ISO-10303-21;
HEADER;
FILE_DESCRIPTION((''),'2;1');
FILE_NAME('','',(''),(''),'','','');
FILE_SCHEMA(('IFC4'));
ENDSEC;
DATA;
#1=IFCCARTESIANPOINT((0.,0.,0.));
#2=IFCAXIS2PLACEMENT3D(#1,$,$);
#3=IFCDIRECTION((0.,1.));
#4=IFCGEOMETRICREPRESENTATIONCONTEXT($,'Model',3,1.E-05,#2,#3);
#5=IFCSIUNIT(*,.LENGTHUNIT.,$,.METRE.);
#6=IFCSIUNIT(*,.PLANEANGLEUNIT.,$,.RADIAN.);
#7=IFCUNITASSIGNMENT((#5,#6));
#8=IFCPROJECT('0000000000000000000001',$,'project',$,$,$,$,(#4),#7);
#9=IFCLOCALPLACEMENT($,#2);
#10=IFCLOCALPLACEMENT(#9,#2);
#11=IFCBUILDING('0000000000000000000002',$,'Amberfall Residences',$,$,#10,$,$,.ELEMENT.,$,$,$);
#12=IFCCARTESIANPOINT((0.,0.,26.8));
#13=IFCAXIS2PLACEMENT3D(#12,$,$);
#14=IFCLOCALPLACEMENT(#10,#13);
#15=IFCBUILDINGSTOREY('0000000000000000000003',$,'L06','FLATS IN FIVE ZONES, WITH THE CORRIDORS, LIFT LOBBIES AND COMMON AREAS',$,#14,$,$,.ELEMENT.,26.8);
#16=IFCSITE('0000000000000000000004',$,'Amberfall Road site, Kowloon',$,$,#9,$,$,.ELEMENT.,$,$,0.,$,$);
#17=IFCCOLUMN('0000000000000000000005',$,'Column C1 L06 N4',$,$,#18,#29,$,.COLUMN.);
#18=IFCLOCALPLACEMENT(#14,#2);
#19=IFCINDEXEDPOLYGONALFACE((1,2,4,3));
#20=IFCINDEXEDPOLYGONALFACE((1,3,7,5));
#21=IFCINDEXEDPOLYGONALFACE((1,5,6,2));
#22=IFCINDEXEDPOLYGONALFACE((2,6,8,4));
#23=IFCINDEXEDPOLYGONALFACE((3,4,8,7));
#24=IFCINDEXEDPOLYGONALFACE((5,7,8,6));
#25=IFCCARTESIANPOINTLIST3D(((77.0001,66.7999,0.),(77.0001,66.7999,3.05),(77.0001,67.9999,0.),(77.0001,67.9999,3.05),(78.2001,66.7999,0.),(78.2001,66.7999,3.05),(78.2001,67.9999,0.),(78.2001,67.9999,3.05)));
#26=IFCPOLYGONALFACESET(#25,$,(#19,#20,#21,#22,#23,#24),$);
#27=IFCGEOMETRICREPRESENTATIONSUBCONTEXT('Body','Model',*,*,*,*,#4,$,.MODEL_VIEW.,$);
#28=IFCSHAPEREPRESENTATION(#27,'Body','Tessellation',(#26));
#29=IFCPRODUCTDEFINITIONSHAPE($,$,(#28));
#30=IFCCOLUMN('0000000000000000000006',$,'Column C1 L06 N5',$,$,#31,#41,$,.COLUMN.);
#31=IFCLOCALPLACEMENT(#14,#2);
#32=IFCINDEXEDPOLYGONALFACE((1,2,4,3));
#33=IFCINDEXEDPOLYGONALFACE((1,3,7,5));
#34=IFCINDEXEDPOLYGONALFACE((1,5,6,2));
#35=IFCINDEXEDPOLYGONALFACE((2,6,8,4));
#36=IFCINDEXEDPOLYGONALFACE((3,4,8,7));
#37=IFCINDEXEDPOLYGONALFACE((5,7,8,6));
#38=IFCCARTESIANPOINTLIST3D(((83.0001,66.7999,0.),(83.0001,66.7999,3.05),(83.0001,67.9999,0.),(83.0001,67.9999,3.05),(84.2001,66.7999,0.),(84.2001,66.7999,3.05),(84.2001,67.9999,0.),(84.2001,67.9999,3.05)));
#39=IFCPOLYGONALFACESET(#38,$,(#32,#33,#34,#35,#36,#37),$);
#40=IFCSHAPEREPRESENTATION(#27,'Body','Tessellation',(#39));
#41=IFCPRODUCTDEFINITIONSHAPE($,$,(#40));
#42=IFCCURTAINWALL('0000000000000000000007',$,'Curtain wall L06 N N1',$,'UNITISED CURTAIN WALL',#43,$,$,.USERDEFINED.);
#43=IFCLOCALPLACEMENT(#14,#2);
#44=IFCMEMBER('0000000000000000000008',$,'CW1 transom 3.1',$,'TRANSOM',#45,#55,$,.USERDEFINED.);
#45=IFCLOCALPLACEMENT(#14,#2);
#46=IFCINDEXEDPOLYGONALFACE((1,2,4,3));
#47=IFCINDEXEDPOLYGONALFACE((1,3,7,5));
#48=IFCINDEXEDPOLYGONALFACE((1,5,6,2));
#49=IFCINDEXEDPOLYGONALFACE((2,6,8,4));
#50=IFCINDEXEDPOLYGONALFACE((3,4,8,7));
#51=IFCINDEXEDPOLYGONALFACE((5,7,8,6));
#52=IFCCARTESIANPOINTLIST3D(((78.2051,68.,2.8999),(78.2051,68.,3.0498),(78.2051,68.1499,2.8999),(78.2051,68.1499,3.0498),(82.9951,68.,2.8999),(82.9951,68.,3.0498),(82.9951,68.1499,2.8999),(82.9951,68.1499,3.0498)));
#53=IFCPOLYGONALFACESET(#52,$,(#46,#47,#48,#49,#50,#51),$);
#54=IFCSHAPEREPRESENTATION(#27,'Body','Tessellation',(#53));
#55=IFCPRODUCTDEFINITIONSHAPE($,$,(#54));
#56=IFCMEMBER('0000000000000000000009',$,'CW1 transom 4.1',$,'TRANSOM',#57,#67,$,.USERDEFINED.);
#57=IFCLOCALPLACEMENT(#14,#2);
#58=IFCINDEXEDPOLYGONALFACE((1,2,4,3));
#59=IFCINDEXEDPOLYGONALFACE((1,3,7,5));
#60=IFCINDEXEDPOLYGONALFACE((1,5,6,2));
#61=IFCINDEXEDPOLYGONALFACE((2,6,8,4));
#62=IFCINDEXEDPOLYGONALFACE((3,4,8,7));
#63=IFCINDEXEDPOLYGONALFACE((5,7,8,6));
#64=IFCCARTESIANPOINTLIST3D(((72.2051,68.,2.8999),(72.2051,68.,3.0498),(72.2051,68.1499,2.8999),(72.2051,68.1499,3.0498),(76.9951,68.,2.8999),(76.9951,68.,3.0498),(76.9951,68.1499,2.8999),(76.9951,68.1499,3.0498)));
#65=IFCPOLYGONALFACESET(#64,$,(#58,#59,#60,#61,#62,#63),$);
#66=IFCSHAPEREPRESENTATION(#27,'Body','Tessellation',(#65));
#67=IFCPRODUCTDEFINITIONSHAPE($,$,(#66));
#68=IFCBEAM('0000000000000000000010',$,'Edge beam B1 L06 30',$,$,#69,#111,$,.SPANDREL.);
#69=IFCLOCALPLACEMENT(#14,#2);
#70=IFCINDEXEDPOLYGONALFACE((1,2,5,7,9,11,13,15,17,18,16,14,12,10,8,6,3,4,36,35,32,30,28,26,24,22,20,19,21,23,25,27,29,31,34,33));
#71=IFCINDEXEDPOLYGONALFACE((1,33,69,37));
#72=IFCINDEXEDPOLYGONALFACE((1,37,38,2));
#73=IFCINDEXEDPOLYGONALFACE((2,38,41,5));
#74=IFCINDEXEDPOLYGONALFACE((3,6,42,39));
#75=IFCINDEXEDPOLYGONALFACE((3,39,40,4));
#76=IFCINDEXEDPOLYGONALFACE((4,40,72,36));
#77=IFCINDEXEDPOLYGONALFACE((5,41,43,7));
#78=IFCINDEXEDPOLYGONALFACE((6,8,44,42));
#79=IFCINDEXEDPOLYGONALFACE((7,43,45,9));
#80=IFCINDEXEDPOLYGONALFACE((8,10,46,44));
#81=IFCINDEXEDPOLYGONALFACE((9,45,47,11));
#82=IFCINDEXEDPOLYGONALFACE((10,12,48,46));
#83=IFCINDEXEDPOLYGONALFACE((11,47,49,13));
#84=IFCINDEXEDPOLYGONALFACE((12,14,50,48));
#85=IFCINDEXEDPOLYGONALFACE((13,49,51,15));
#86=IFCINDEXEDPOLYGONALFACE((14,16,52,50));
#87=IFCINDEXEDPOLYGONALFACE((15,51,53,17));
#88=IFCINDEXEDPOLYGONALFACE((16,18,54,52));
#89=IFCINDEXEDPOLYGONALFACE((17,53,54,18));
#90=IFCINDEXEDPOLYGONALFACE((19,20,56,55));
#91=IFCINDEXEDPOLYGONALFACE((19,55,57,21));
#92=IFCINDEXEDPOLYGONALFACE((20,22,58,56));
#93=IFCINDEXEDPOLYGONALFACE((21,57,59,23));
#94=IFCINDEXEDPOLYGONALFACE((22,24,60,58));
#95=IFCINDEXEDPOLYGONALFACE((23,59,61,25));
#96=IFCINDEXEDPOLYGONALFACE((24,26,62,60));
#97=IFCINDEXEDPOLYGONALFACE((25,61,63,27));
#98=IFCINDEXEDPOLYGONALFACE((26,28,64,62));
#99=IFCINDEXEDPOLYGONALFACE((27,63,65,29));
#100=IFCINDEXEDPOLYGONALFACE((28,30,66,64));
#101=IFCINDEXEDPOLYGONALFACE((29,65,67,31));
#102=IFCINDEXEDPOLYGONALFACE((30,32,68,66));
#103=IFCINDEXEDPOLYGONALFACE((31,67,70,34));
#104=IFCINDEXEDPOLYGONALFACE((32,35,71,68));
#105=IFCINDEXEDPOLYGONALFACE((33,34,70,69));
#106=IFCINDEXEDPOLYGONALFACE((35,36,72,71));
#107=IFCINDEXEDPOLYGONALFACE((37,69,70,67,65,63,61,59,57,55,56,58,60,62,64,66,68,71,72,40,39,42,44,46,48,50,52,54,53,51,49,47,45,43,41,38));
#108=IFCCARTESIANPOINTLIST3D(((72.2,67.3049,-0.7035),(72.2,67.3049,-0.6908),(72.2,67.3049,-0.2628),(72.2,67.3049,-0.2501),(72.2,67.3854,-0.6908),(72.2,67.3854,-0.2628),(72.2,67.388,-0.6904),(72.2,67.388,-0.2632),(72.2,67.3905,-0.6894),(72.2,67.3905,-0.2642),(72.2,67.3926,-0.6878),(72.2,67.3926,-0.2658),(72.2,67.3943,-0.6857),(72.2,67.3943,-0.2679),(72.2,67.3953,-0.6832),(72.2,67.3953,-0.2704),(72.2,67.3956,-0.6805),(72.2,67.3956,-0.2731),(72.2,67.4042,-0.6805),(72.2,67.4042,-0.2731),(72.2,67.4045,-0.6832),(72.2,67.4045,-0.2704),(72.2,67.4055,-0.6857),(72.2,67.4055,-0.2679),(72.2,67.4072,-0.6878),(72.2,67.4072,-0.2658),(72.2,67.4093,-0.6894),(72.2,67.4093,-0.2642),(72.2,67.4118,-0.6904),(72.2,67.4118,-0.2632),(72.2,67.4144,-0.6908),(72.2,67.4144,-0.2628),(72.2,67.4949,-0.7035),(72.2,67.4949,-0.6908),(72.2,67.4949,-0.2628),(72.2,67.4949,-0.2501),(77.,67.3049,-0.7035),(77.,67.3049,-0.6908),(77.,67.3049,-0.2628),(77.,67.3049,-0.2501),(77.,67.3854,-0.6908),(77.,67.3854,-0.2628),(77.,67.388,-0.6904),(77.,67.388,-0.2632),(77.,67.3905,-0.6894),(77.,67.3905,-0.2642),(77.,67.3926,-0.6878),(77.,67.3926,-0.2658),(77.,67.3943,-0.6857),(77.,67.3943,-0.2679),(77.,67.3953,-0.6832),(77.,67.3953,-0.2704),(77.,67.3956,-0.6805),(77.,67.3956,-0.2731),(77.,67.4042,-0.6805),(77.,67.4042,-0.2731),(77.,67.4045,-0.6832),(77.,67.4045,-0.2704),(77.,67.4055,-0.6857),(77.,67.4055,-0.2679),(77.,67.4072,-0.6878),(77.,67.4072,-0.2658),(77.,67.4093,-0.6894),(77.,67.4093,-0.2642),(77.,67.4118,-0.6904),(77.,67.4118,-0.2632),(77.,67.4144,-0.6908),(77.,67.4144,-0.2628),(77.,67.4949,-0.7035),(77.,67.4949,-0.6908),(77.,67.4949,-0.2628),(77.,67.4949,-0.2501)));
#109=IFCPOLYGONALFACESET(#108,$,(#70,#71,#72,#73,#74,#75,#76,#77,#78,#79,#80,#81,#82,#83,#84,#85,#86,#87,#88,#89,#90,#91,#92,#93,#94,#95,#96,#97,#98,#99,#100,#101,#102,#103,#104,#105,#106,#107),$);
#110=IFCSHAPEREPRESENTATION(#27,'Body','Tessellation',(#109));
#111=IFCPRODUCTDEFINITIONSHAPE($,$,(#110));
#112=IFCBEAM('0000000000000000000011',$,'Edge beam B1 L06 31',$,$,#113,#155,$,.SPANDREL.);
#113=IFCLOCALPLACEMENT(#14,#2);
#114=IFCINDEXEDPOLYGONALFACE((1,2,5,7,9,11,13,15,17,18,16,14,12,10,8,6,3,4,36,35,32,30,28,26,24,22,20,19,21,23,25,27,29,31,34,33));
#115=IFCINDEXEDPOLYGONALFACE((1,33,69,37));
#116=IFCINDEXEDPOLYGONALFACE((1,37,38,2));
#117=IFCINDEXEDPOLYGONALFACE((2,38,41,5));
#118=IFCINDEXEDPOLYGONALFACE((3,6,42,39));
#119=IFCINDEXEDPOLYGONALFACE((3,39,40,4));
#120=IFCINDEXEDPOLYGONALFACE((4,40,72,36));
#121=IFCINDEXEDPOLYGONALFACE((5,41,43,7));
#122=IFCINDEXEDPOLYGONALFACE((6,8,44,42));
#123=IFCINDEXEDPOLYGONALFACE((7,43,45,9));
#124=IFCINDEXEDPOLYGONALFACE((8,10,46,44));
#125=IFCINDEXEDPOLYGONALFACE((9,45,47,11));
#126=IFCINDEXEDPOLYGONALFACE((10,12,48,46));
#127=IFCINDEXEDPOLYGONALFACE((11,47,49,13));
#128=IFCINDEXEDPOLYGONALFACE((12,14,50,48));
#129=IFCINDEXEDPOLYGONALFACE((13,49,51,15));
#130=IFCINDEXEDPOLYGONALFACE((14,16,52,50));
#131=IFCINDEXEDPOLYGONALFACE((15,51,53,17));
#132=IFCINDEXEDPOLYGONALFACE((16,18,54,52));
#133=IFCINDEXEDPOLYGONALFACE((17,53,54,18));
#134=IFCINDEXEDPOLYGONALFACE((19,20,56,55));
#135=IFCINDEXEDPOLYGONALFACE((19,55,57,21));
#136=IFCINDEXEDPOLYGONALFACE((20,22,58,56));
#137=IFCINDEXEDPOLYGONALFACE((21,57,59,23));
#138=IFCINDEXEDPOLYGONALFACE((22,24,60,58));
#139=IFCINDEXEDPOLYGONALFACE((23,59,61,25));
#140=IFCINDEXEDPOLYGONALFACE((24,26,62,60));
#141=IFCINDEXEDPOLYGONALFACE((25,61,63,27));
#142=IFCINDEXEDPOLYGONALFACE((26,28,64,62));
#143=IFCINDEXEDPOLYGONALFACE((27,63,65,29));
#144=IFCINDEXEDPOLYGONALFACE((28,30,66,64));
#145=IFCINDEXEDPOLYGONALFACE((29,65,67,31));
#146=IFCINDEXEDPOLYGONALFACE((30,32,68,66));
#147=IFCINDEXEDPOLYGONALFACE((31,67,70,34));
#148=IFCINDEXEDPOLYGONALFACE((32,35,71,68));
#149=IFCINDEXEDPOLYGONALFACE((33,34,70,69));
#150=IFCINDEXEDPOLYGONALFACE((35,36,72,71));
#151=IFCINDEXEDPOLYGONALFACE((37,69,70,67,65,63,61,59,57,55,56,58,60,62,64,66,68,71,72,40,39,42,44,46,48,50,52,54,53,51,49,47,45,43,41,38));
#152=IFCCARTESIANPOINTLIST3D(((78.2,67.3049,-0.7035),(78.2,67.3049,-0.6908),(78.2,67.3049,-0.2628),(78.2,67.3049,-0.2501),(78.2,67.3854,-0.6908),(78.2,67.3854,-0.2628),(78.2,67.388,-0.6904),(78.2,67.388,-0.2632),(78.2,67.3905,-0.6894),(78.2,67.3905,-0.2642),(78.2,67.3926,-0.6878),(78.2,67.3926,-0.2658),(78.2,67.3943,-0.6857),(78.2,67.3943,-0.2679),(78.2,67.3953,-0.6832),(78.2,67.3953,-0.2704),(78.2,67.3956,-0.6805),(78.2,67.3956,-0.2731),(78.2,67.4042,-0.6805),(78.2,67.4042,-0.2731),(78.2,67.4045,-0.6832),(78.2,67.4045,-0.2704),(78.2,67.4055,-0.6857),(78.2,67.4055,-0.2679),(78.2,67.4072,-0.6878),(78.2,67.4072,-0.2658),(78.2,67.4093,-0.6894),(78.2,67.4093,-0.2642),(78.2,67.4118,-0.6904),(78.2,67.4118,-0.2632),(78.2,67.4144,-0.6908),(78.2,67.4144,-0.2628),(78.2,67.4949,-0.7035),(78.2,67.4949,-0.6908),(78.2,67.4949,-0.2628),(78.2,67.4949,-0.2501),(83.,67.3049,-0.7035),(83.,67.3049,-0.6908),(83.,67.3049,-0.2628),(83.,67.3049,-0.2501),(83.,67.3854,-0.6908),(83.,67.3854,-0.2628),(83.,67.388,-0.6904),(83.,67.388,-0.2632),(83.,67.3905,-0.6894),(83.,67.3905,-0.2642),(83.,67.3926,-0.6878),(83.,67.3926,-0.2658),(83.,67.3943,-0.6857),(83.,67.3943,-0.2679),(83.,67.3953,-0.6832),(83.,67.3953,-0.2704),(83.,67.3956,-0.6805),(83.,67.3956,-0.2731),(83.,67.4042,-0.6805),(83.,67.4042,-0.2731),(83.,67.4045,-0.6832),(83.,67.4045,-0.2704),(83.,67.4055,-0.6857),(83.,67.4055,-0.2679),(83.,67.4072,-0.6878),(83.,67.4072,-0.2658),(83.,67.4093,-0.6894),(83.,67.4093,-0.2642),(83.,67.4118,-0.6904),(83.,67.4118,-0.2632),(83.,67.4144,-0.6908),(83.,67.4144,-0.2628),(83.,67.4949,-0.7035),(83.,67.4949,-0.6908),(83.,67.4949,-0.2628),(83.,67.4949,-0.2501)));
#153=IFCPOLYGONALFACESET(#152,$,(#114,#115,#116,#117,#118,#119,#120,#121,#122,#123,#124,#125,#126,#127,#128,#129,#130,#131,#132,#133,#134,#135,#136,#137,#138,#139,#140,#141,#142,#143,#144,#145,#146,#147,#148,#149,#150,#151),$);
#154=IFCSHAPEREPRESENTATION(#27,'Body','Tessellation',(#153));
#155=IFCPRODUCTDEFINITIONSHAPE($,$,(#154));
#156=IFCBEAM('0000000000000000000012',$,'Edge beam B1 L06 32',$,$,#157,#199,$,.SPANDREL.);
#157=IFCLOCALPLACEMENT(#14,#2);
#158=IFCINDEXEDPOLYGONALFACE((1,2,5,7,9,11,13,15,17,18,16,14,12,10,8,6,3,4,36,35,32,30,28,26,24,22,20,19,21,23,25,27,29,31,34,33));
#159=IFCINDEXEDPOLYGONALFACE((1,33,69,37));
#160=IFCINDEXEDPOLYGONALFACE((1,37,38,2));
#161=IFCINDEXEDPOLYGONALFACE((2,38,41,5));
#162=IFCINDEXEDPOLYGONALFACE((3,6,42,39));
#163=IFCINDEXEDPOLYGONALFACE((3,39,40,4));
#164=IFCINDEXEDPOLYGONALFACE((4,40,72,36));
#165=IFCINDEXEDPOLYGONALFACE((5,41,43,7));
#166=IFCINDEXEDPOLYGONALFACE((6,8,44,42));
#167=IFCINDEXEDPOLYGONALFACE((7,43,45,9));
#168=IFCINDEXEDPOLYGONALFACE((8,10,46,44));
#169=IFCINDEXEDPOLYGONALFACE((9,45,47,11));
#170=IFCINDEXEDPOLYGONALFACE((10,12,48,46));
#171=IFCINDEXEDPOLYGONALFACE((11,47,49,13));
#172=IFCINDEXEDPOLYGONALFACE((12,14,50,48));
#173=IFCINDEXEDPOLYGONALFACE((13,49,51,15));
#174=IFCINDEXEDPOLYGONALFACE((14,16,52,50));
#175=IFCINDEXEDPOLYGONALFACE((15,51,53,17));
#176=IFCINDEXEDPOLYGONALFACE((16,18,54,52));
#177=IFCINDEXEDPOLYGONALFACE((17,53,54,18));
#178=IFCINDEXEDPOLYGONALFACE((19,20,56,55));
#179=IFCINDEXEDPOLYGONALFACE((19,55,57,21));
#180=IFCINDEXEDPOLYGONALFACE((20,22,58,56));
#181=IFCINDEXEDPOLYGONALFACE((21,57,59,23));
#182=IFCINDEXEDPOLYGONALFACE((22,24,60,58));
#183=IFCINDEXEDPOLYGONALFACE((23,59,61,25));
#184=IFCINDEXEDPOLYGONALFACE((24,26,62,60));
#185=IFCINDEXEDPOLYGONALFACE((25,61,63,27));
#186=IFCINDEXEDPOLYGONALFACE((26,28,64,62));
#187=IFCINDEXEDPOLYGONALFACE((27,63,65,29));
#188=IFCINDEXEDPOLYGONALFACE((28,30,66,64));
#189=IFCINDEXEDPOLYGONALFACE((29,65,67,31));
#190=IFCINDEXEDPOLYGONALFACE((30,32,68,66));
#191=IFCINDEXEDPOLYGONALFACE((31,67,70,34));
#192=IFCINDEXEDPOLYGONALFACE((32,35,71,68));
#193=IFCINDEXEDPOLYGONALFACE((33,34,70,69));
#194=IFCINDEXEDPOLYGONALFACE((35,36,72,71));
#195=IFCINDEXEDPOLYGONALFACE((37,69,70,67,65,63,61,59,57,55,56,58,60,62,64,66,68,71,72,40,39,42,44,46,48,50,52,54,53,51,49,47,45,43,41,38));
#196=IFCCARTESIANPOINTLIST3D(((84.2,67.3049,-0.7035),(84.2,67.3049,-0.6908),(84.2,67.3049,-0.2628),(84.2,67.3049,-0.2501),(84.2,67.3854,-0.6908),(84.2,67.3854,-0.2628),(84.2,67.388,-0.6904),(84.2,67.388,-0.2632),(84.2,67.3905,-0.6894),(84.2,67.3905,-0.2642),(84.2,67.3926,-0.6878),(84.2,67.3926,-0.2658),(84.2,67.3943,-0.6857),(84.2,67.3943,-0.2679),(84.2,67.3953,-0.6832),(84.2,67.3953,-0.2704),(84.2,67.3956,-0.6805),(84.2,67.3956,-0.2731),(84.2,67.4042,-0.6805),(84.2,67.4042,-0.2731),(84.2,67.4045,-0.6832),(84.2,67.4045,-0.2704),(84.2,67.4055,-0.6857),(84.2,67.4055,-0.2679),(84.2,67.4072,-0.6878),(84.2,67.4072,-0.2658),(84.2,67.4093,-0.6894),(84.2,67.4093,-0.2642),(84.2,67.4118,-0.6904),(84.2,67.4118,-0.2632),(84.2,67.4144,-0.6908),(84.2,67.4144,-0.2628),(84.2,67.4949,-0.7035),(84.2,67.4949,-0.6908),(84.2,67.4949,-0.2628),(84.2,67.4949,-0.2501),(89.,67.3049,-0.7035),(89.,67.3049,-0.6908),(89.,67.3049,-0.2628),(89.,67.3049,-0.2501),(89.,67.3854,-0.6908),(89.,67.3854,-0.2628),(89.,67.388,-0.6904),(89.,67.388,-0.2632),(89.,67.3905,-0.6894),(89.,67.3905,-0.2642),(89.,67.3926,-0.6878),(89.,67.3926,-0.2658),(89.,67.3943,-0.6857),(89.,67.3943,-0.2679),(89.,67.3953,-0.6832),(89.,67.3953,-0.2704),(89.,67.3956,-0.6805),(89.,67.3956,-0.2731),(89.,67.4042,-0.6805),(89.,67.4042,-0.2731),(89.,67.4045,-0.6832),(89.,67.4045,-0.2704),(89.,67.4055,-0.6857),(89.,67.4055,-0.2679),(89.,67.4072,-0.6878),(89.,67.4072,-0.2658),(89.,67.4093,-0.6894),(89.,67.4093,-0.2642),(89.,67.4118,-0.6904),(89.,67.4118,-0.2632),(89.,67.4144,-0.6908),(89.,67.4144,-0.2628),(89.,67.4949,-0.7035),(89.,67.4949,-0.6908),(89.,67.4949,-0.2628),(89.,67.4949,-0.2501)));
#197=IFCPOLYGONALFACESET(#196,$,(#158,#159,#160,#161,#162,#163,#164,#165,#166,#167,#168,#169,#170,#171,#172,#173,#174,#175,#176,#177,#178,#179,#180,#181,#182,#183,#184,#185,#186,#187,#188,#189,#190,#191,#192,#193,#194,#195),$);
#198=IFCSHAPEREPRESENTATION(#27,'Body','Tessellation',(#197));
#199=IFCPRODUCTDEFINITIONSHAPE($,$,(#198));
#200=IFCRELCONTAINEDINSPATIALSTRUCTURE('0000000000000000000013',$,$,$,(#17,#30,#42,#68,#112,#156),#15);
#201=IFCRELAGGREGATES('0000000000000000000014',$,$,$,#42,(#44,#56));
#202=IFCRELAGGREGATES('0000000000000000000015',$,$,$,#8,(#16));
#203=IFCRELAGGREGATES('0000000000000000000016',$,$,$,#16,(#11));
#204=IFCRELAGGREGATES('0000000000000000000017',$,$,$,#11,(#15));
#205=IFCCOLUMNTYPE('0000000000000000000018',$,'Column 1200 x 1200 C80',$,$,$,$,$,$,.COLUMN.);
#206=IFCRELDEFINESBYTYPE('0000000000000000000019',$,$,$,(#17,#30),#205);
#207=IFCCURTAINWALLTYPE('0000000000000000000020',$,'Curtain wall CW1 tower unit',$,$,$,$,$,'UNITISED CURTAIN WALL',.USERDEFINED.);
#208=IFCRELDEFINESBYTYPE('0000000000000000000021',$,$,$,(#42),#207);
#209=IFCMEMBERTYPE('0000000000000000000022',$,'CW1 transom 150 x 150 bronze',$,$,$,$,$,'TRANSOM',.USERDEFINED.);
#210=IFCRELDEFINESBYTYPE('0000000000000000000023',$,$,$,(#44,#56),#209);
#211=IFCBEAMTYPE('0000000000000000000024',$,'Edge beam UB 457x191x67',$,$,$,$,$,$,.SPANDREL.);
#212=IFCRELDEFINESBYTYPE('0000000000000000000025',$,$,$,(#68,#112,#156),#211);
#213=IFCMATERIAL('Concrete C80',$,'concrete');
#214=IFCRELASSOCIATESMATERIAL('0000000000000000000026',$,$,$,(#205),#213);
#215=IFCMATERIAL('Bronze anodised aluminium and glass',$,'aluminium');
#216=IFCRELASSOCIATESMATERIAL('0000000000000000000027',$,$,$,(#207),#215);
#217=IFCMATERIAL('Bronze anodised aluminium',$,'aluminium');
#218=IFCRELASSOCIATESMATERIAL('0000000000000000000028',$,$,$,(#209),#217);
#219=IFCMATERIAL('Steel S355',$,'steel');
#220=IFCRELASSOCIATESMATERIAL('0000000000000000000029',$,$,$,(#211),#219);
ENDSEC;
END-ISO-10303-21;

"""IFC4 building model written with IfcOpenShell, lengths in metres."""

from ifc_helpers import new_model, si_unit, direction, frame, origin, origin_2d, place, context, subcontext, project, spatial, rectangle, i_section, extrude, material, material_profile, profile_set, type_object, element, aggregate, save


model = new_model("IFC4")

# Units and contexts
model_context = context("Model", 3, precision=1e-05, world=origin(), true_north=direction((0.0, 1.0)))
body_context = subcontext(model_context, "Body", "Model", "MODEL_VIEW")
ifc_project = project(units=[si_unit("LENGTHUNIT", "METRE"), si_unit("PLANEANGLEUNIT", "RADIAN")], contexts=[model_context])

# Site, building, storey
site_placement = place(None, origin())
site = spatial("IfcSite", under=ifc_project, at=site_placement, Name="Amberfall Road site, Kowloon", CompositionType="ELEMENT", RefElevation=0.0)
building_placement = place(site_placement, origin())
building = spatial("IfcBuilding", under=site, at=building_placement, Name="Amberfall Residences", CompositionType="ELEMENT")
storey_placement = place(building_placement, frame((0.0, 0.0, 26.8)))
storey = spatial("IfcBuildingStorey", under=building, at=storey_placement, Name="L06", Description="FLATS IN FIVE ZONES, WITH THE CORRIDORS, LIFT LOBBIES AND COMMON AREAS", CompositionType="ELEMENT", Elevation=26.8)

# Columns
ifc_material_1 = material(Name="Concrete C80", Category="concrete")
ifc_material_profile_1 = material_profile(ifc_material_1, rectangle(XDim=1.2, YDim=1.2, at=origin_2d()), Name="Column 1200 x 1200 C80")
ifc_profile_set_1 = profile_set([ifc_material_profile_1], Name="Concrete C80")
column_type = type_object("IfcColumnType", Name="Column 1200 x 1200 C80", PredefinedType="COLUMN", material=ifc_profile_set_1)
for number, where, z_axis, x_axis, name in (
    (1, (77.6001, 67.3999, 0.0), (0.0, 0.0, 1.0), (1.0, 0.0, 0.0), "Column C1 L06 N4"),
    (2, (83.6001, 67.3999, 0.0), (0.0, 0.0, 1.0), (1.0, 0.0, 0.0), "Column C1 L06 N5"),
):
    element("IfcColumn", number, at=place(storey_placement, frame(where, z_axis=z_axis, x_axis=x_axis)), inside=storey, type_object=column_type, Name=name, PredefinedType="COLUMN", context=body_context, shape_type="SweptSolid", body=[
        extrude(rectangle(XDim=1.2, YDim=1.2, at=origin_2d()), origin(), (0.0, 0.0, 1.0), 3.05),
    ])

# Curtain wall, members
ifc_material_2 = material(Name="Bronze anodised aluminium and glass", Category="aluminium")
curtain_wall_type = type_object("IfcCurtainWallType", Name="Curtain wall CW1 tower unit", ElementType="UNITISED CURTAIN WALL", PredefinedType="USERDEFINED", material=ifc_material_2)
curtain_wall_placement = place(storey_placement, origin())
curtain_wall = element("IfcCurtainWall", 3, at=curtain_wall_placement, inside=storey, type_object=curtain_wall_type, Name="Curtain wall L06 N N1", ObjectType="UNITISED CURTAIN WALL", PredefinedType="USERDEFINED")
ifc_material_3 = material(Name="Bronze anodised aluminium", Category="aluminium")
ifc_material_profile_2 = material_profile(ifc_material_3, rectangle(XDim=0.1499, YDim=0.1499, at=origin_2d()), Name="CW1 transom 150 x 150 bronze")
ifc_profile_set_2 = profile_set([ifc_material_profile_2], Name="Bronze anodised aluminium")
member_type_1 = type_object("IfcMemberType", Name="CW1 transom 150 x 150 bronze", ElementType="TRANSOM", PredefinedType="USERDEFINED", material=ifc_profile_set_2)
member_1_placement = place(storey_placement, frame((82.9951, 68.075, 2.9749), z_axis=(-1.0, 0.0, 0.0), x_axis=(0.0, -1.0, 0.0)))
member_1 = element("IfcMember", 4, at=member_1_placement, type_object=member_type_1, Name="CW1 transom 3.1", ObjectType="TRANSOM", PredefinedType="USERDEFINED", context=body_context, shape_type="SweptSolid", body=[
    extrude(rectangle(XDim=0.1499, YDim=0.1499, at=origin_2d()), origin(), (0.0, 0.0, 1.0), 4.79),
])
member_2_placement = place(storey_placement, frame((76.9951, 68.075, 2.9749), z_axis=(-1.0, 0.0, 0.0), x_axis=(0.0, -1.0, 0.0)))
member_2 = element("IfcMember", 5, at=member_2_placement, type_object=member_type_1, Name="CW1 transom 4.1", ObjectType="TRANSOM", PredefinedType="USERDEFINED", context=body_context, shape_type="SweptSolid", body=[
    extrude(rectangle(XDim=0.1499, YDim=0.1499, at=origin_2d()), origin(), (0.0, 0.0, 1.0), 4.79),
])

# Beams
ifc_material_4 = material(Name="Steel S355", Category="steel")
ifc_material_profile_3 = material_profile(ifc_material_4, i_section(OverallWidth=0.1899, OverallDepth=0.4534, WebThickness=0.0085, FlangeThickness=0.0127, FilletRadius=0.0103, at=origin_2d()), Name="UB 457x191x67")
ifc_profile_set_3 = profile_set([ifc_material_profile_3], Name="Steel S355")
beam_type_1 = type_object("IfcBeamType", Name="Edge beam UB 457x191x67", PredefinedType="SPANDREL", material=ifc_profile_set_3)
for number, where, z_axis, x_axis, name in (
    (6, (72.2, 67.3999, -0.4768), (1.0, 0.0, 0.0), (0.0, 1.0, 0.0), "Edge beam B1 L06 30"),
    (7, (78.2, 67.3999, -0.4768), (1.0, 0.0, 0.0), (0.0, 1.0, 0.0), "Edge beam B1 L06 31"),
    (8, (84.2, 67.3999, -0.4768), (1.0, 0.0, 0.0), (0.0, 1.0, 0.0), "Edge beam B1 L06 32"),
):
    element("IfcBeam", number, at=place(storey_placement, frame(where, z_axis=z_axis, x_axis=x_axis)), inside=storey, type_object=beam_type_1, Name=name, PredefinedType="SPANDREL", context=body_context, shape_type="SweptSolid", body=[
        extrude(i_section(OverallWidth=0.1899, OverallDepth=0.4534, WebThickness=0.0085, FlangeThickness=0.0127, FilletRadius=0.0103, at=origin_2d()), origin(), (0.0, 0.0, 1.0), 4.8),
    ])

aggregate(curtain_wall, [member_1, member_2])

save(model, "model.ifc")
